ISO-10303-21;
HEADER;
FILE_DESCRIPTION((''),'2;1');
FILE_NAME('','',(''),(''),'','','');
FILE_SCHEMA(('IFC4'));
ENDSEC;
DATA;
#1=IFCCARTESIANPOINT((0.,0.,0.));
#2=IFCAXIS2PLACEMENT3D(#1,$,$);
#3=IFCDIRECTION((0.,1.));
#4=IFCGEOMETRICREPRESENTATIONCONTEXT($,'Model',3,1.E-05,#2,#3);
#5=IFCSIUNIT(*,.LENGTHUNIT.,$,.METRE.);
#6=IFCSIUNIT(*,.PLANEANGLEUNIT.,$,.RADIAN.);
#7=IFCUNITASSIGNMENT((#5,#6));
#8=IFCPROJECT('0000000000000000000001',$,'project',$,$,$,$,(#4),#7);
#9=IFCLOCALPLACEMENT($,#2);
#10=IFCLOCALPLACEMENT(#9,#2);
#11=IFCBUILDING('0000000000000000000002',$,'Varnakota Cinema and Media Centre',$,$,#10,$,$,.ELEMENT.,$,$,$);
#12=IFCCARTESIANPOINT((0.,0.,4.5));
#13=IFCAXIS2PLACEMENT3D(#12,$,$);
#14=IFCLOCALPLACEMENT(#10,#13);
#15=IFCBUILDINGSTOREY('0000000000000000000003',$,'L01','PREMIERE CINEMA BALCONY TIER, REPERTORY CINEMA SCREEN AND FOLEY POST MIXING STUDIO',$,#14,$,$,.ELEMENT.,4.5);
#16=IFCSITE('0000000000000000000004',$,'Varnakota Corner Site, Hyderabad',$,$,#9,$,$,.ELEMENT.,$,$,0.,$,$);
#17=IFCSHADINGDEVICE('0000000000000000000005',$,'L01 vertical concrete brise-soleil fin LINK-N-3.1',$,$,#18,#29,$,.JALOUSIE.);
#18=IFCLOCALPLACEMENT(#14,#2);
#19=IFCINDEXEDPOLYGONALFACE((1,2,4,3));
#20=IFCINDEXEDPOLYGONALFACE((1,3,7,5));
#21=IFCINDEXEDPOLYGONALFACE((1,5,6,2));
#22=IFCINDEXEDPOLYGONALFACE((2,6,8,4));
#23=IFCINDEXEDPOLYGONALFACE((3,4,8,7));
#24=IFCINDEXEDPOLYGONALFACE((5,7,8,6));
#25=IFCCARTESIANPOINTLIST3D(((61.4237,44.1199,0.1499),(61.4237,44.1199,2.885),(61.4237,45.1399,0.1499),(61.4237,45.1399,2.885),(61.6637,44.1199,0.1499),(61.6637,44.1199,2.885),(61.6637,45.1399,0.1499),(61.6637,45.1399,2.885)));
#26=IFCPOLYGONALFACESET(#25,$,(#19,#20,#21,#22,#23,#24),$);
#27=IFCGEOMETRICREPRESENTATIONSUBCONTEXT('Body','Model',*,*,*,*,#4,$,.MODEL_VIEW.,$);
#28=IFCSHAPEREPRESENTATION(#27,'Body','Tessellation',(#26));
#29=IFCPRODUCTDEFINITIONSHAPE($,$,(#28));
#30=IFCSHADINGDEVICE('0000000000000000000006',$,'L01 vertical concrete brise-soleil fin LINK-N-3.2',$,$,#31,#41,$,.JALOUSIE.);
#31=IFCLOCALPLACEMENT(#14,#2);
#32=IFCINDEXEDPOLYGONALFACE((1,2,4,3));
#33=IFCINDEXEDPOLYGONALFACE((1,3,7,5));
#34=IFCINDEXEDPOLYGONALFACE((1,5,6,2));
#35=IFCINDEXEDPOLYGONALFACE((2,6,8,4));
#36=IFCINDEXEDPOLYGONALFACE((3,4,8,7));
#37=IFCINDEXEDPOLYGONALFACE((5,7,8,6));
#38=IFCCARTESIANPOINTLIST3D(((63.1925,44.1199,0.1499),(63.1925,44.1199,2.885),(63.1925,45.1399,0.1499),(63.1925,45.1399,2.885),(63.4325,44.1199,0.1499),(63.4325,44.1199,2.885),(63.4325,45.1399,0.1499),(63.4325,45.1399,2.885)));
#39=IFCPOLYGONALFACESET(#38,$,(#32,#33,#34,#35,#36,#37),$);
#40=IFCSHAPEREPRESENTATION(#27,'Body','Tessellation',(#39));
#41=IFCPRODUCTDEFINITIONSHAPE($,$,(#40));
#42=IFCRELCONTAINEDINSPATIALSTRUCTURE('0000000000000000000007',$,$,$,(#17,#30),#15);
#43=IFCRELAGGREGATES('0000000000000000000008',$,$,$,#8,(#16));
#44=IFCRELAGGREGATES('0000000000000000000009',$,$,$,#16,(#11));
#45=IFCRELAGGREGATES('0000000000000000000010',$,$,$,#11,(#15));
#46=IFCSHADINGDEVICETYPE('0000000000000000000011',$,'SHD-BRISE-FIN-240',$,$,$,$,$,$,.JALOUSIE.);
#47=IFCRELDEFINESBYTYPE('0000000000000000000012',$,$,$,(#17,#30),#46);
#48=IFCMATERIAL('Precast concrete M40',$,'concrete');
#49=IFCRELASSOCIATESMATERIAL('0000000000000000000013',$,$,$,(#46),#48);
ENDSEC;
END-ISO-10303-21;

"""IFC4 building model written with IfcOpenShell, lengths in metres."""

from ifc_helpers import new_model, si_unit, direction, frame, origin, origin_2d, place, context, subcontext, project, spatial, rectangle, extrude, material, type_object, element, save


model = new_model("IFC4")

# Units and contexts
model_context = context("Model", 3, precision=1e-05, world=origin(), true_north=direction((0.0, 1.0)))
body_context = subcontext(model_context, "Body", "Model", "MODEL_VIEW")
ifc_project = project(units=[si_unit("LENGTHUNIT", "METRE"), si_unit("PLANEANGLEUNIT", "RADIAN")], contexts=[model_context])

# Site, building, storey
site_placement = place(None, origin())
site = spatial("IfcSite", under=ifc_project, at=site_placement, Name="Varnakota Corner Site, Hyderabad", CompositionType="ELEMENT", RefElevation=0.0)
building_placement = place(site_placement, origin())
building = spatial("IfcBuilding", under=site, at=building_placement, Name="Varnakota Cinema and Media Centre", CompositionType="ELEMENT")
storey_placement = place(building_placement, frame((0.0, 0.0, 4.5)))
storey = spatial("IfcBuildingStorey", under=building, at=storey_placement, Name="L01", Description="PREMIERE CINEMA BALCONY TIER, REPERTORY CINEMA SCREEN AND FOLEY POST MIXING STUDIO", CompositionType="ELEMENT", Elevation=4.5)

# Shading devices
ifc_material_1 = material(Name="Precast concrete M40", Category="concrete")
shading_device_type = type_object("IfcShadingDeviceType", Name="SHD-BRISE-FIN-240", PredefinedType="JALOUSIE", material=ifc_material_1)
for number, where, z_axis, x_axis, name in (
    (1, (61.5437, 44.6299, 0.1499), (0.0, 0.0, 1.0), (1.0, 0.0, 0.0), "L01 vertical concrete brise-soleil fin LINK-N-3.1"),
    (2, (63.3125, 44.6299, 0.1499), (0.0, 0.0, 1.0), (1.0, 0.0, 0.0), "L01 vertical concrete brise-soleil fin LINK-N-3.2"),
):
    element("IfcShadingDevice", number, at=place(storey_placement, frame(where, z_axis=z_axis, x_axis=x_axis)), inside=storey, type_object=shading_device_type, Name=name, PredefinedType="JALOUSIE", context=body_context, shape_type="SweptSolid", body=[
        extrude(rectangle(XDim=0.24, YDim=1.02, at=origin_2d()), origin(), (0.0, 0.0, 1.0), 2.7351),
    ])

save(model, "model.ifc")
